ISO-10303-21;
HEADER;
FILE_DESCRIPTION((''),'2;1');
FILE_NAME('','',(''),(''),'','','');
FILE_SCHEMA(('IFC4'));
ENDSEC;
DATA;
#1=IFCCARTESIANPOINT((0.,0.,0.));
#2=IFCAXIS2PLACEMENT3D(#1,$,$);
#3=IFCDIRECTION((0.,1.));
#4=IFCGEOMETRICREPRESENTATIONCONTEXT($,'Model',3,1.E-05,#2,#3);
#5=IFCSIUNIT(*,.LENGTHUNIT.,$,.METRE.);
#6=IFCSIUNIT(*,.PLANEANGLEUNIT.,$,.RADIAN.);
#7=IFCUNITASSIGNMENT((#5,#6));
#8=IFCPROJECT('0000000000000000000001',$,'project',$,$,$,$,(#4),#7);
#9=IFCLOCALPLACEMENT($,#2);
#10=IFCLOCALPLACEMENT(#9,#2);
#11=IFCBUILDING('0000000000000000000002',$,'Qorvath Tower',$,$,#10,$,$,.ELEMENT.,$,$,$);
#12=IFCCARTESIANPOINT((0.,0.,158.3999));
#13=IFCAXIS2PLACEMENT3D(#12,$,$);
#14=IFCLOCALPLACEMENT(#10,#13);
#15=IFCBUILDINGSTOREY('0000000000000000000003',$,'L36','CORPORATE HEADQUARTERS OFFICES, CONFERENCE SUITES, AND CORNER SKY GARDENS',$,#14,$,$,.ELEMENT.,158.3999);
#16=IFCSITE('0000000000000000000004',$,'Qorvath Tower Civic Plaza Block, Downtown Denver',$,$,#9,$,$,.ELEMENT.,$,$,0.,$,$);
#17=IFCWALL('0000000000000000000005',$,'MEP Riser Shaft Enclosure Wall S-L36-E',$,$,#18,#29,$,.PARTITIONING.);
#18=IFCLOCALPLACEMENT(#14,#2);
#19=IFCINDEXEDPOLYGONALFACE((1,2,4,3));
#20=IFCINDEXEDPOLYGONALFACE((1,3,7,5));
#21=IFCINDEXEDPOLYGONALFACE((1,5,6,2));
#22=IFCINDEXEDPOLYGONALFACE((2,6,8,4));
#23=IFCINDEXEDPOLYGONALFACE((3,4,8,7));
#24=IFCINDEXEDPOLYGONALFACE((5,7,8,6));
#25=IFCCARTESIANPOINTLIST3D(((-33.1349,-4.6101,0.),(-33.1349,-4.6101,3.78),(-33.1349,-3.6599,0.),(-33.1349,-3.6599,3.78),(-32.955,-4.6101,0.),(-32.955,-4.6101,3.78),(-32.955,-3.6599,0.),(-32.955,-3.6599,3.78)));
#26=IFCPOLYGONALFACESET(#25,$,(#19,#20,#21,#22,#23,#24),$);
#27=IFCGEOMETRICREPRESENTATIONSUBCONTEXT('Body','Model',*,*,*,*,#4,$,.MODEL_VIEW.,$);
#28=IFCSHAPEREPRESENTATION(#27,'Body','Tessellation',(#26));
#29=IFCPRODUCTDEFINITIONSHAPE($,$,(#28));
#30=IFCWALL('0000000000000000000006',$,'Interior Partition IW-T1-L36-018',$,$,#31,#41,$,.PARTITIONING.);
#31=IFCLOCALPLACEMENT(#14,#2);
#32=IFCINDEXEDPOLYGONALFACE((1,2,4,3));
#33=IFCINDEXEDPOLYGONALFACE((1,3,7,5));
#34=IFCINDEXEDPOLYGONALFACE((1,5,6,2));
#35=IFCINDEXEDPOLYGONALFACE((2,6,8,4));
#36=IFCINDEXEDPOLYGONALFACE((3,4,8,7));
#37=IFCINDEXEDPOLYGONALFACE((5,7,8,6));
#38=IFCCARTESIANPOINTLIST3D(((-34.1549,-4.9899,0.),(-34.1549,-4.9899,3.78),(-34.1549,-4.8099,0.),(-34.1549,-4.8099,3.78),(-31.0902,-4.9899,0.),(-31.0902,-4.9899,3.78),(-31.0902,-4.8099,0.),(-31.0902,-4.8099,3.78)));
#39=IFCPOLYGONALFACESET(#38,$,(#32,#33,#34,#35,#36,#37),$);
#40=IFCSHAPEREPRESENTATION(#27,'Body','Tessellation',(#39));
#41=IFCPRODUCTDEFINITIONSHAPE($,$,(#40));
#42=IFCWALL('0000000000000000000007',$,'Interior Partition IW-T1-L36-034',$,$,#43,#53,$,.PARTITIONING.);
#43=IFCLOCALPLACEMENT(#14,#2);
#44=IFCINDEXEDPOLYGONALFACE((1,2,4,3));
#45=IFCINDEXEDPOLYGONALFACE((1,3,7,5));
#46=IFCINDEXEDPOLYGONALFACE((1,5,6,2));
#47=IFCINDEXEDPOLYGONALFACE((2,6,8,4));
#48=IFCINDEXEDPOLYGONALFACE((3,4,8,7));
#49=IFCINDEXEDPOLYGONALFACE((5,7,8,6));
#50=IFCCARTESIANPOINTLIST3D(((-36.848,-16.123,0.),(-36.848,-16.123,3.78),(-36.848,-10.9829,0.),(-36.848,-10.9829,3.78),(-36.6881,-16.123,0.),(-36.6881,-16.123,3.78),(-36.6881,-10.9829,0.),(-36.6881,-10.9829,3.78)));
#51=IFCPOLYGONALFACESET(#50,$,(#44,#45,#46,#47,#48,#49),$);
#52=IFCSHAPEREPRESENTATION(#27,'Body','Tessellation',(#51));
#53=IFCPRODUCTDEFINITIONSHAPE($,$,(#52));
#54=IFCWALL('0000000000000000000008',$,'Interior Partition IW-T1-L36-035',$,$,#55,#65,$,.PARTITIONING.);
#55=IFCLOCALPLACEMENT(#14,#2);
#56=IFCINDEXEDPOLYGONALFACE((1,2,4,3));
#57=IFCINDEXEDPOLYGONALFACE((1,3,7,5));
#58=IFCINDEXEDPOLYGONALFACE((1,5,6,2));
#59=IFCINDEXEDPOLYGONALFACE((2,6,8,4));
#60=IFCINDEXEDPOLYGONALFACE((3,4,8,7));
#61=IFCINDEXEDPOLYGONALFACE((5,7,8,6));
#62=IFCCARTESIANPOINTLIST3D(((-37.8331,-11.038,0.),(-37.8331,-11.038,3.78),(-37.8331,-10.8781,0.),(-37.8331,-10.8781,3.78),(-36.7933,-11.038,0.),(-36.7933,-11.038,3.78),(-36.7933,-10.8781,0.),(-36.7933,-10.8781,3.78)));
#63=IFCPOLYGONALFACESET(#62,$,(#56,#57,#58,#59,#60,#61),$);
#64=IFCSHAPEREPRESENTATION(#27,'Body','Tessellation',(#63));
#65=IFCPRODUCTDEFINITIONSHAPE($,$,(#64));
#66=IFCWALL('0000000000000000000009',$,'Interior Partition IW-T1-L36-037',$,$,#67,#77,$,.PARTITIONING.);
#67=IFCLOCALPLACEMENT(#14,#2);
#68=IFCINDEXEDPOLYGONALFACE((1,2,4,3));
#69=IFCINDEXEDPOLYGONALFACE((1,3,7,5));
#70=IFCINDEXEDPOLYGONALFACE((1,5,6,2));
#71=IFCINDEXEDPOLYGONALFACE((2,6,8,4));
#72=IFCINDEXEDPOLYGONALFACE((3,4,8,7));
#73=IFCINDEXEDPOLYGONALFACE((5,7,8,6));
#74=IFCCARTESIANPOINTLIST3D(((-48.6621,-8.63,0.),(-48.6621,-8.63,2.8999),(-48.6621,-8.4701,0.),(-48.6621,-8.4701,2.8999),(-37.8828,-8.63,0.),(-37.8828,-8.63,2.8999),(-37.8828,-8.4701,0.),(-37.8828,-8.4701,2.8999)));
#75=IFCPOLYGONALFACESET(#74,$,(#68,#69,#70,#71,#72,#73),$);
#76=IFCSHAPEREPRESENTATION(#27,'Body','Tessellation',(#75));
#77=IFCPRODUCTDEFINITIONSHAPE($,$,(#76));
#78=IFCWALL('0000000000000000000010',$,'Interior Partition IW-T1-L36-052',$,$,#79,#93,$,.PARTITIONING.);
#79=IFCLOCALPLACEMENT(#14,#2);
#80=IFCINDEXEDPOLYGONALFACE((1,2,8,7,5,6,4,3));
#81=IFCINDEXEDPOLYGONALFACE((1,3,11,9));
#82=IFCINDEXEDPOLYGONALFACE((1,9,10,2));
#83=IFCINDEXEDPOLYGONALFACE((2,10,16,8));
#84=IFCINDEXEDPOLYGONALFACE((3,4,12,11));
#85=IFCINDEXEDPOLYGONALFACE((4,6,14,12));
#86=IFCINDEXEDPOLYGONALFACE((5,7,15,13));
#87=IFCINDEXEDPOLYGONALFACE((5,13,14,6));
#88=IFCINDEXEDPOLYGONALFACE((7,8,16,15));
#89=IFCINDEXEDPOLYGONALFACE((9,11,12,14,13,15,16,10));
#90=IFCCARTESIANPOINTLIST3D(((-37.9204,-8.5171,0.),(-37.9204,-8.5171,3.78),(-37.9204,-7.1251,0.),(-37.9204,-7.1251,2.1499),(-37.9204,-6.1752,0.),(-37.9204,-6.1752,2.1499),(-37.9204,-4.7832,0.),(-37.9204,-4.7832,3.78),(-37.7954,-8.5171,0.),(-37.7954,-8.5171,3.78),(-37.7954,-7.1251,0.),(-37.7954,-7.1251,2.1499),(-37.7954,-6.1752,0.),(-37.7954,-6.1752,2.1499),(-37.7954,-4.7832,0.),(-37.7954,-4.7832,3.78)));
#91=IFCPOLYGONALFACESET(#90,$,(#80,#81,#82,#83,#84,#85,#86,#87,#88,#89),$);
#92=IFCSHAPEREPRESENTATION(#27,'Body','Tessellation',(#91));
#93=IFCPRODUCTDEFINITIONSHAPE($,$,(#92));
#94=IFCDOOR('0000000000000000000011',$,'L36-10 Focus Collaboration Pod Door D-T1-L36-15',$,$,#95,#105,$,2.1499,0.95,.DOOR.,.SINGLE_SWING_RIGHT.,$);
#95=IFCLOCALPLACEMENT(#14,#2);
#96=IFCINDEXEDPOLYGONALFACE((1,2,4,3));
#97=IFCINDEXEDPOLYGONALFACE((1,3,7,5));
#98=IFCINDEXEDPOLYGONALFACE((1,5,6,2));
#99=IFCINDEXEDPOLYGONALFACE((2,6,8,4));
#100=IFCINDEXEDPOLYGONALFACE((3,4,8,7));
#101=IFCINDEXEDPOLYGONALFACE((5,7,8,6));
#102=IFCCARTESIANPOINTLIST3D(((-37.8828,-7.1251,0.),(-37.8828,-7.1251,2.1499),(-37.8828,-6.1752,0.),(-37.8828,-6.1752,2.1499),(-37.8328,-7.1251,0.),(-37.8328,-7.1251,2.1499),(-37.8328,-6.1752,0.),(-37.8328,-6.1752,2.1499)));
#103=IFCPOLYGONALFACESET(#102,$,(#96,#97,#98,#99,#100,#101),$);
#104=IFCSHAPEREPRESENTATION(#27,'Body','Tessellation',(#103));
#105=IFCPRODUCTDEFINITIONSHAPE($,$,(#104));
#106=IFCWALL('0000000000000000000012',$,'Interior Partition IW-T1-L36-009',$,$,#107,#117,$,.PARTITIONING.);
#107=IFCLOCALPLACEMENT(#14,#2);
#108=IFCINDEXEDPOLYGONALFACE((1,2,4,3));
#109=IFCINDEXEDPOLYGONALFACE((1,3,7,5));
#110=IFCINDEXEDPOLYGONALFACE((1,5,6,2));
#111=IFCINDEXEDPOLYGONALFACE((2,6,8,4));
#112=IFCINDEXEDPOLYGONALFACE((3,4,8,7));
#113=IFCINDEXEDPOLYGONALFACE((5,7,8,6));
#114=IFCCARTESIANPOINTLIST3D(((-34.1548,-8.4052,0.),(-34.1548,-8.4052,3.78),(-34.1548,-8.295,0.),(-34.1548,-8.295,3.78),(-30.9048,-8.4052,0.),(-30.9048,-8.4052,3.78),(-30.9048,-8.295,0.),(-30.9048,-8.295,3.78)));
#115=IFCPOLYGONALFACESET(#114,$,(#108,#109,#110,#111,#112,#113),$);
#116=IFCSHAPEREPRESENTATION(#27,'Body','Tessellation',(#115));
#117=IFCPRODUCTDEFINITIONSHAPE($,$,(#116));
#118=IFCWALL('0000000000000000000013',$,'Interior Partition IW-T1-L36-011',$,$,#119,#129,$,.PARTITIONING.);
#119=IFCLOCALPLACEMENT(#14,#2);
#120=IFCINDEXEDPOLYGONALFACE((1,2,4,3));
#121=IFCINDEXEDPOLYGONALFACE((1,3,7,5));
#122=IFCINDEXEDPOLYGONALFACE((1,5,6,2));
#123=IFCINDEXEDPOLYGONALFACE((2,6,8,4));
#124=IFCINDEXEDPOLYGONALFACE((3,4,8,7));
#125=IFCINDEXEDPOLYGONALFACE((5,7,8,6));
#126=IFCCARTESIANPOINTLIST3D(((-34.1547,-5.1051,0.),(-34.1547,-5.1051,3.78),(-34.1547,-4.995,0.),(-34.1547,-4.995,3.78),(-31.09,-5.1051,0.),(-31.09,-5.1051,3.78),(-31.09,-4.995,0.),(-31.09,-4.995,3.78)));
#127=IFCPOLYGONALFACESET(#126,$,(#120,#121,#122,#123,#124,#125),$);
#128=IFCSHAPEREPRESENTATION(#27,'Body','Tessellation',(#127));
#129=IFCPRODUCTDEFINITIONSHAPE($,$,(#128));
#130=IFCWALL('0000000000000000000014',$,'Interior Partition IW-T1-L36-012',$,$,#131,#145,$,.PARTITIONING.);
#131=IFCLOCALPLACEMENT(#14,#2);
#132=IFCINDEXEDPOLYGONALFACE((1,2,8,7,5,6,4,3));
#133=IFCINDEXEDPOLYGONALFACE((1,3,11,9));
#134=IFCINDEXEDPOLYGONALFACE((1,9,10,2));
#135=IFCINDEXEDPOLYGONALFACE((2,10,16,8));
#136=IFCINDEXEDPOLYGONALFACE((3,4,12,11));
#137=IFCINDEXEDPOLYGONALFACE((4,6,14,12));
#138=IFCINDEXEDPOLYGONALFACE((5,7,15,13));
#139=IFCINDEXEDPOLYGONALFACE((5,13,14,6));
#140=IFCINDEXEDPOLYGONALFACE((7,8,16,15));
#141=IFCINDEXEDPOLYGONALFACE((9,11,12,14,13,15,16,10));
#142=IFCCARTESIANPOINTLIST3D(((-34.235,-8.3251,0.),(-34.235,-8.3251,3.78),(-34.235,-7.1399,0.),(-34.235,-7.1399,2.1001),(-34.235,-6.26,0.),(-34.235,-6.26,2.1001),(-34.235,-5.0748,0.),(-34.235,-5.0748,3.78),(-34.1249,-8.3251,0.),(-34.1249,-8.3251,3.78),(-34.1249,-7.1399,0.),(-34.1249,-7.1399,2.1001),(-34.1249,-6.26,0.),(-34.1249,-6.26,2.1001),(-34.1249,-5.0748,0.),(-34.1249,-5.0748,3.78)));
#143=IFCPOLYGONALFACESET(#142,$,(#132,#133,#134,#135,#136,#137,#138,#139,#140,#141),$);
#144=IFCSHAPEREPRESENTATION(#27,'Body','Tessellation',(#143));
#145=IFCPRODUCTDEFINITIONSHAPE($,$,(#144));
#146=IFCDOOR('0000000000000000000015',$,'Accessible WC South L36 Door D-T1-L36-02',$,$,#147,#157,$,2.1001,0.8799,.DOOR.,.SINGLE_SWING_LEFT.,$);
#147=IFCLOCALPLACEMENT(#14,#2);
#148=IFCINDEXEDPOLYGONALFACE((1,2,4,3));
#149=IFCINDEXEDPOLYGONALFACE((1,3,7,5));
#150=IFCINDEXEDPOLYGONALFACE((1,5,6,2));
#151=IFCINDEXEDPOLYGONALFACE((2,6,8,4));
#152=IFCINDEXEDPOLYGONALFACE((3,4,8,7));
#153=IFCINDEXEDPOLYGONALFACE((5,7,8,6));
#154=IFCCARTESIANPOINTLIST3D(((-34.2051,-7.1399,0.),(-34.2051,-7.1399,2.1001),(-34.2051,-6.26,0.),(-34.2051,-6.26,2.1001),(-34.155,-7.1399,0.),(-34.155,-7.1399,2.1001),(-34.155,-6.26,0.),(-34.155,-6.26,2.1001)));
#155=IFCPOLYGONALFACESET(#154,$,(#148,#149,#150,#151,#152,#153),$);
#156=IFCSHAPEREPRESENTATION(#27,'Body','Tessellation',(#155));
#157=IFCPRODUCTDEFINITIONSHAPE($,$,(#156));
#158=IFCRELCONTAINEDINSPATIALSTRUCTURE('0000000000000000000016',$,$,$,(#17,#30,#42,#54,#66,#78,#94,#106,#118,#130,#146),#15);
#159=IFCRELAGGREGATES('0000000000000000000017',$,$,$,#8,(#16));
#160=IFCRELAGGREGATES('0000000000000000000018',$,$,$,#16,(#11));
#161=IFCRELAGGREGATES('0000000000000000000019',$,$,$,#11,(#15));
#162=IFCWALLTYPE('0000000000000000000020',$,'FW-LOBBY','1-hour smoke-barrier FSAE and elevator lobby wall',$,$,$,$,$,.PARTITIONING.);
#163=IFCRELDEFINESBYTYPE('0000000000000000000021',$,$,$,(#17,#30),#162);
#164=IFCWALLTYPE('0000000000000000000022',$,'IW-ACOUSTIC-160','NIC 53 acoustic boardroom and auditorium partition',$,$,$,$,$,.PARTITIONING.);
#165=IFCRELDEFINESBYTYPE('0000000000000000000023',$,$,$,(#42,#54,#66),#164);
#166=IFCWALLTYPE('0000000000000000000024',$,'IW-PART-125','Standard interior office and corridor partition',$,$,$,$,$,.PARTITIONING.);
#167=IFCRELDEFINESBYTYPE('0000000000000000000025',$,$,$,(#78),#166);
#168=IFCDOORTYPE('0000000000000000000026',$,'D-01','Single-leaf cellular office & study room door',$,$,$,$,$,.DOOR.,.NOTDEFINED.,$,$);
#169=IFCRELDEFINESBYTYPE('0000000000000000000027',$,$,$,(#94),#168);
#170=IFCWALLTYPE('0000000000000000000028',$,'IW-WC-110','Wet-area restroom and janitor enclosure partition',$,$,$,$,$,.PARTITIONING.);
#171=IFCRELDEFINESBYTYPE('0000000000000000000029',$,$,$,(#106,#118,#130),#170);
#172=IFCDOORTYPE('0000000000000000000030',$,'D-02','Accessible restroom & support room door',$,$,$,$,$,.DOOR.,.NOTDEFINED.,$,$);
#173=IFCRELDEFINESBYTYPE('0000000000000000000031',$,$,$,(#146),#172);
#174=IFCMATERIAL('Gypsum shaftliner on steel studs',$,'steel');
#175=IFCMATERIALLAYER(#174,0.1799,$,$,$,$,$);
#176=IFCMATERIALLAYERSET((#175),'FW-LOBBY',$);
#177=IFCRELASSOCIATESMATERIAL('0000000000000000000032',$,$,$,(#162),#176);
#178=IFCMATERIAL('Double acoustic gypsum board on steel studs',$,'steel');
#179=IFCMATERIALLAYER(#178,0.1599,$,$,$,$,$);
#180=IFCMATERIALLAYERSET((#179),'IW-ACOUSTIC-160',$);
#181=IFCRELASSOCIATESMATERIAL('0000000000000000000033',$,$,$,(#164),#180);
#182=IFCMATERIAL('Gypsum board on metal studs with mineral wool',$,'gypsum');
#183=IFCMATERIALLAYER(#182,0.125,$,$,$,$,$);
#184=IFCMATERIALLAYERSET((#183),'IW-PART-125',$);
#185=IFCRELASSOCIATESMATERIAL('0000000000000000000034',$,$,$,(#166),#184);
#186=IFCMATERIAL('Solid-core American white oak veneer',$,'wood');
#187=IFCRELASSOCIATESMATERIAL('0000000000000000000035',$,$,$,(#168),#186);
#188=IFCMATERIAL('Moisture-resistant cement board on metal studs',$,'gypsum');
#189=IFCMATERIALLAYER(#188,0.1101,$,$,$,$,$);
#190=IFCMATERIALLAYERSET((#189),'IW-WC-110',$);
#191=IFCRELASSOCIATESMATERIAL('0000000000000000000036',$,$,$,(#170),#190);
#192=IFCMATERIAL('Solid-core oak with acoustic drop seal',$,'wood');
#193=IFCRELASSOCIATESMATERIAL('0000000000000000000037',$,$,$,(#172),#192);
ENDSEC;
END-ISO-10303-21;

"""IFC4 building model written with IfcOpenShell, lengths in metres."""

from ifc_helpers import new_model, si_unit, direction, frame, frame_2d, origin, place, context, subcontext, project, spatial, rectangle, extrude, material, layer, layer_set, type_object, element, fill, save


model = new_model("IFC4")

# Units and contexts
model_context = context("Model", 3, precision=1e-05, world=origin(), true_north=direction((0.0, 1.0)))
body_context = subcontext(model_context, "Body", "Model", "MODEL_VIEW")
ifc_project = project(units=[si_unit("LENGTHUNIT", "METRE"), si_unit("PLANEANGLEUNIT", "RADIAN")], contexts=[model_context])

# Site, building, storey
site_placement = place(None, origin())
site = spatial("IfcSite", under=ifc_project, at=site_placement, Name="Qorvath Tower Civic Plaza Block, Downtown Denver", CompositionType="ELEMENT", RefElevation=0.0)
building_placement = place(site_placement, origin())
building = spatial("IfcBuilding", under=site, at=building_placement, Name="Qorvath Tower", CompositionType="ELEMENT")
storey_placement = place(building_placement, frame((0.0, 0.0, 158.3999)))
storey = spatial("IfcBuildingStorey", under=building, at=storey_placement, Name="L36", Description="CORPORATE HEADQUARTERS OFFICES, CONFERENCE SUITES, AND CORNER SKY GARDENS", CompositionType="ELEMENT", Elevation=158.3999)

# Walls
ifc_material_1 = material(Name="Gypsum shaftliner on steel studs", Category="steel")
ifc_layer_1 = layer(ifc_material_1, 0.1799)
ifc_layer_set_1 = layer_set([ifc_layer_1], Name="FW-LOBBY")
wall_type_1 = type_object("IfcWallType", Name="FW-LOBBY", Description="1-hour smoke-barrier FSAE and elevator lobby wall", PredefinedType="PARTITIONING", material=ifc_layer_set_1)
for number, where, z_axis, x_axis, name in (
    (1, (-33.0449, -3.6599, 0.0), (0.0, 0.0, 1.0), (0.0, -1.0, 0.0), "MEP Riser Shaft Enclosure Wall S-L36-E"),
):
    element("IfcWall", number, at=place(storey_placement, frame(where, z_axis=z_axis, x_axis=x_axis)), inside=storey, type_object=wall_type_1, Name=name, PredefinedType="PARTITIONING", context=body_context, shape_type="SweptSolid", body=[
        extrude(rectangle(XDim=0.9502, YDim=0.1799, at=frame_2d((0.4751, 0.0))), origin(), (0.0, 0.0, 1.0), 3.78),
    ])
wall_1_placement = place(storey_placement, frame((-34.1548, -4.8999, 0.0), z_axis=(0.0, 0.0, 1.0), x_axis=(1.0, 0.0, 0.0)))
element("IfcWall", 2, at=wall_1_placement, inside=storey, type_object=wall_type_1, Name="Interior Partition IW-T1-L36-018", PredefinedType="PARTITIONING", context=body_context, shape_type="SweptSolid", body=[
    extrude(rectangle(XDim=3.0647, YDim=0.1799, at=frame_2d((1.5322, 0.0))), origin(), (0.0, 0.0, 1.0), 3.78),
])
ifc_material_2 = material(Name="Double acoustic gypsum board on steel studs", Category="steel")
ifc_layer_2 = layer(ifc_material_2, 0.1599)
ifc_layer_set_2 = layer_set([ifc_layer_2], Name="IW-ACOUSTIC-160")
wall_type_2 = type_object("IfcWallType", Name="IW-ACOUSTIC-160", Description="NIC 53 acoustic boardroom and auditorium partition", PredefinedType="PARTITIONING", material=ifc_layer_set_2)
wall_2_placement = place(storey_placement, frame((-36.7681, -16.123, 0.0), z_axis=(0.0, 0.0, 1.0), x_axis=(0.0, 1.0, 0.0)))
element("IfcWall", 3, at=wall_2_placement, inside=storey, type_object=wall_type_2, Name="Interior Partition IW-T1-L36-034", PredefinedType="PARTITIONING", context=body_context, shape_type="SweptSolid", body=[
    extrude(rectangle(XDim=5.1401, YDim=0.1599, at=frame_2d((2.5701, 0.0))), origin(), (0.0, 0.0, 1.0), 3.78),
])
wall_3_placement = place(storey_placement, frame((-36.7932, -10.958, 0.0), z_axis=(0.0, 0.0, 1.0), x_axis=(-1.0, 0.0, 0.0)))
element("IfcWall", 4, at=wall_3_placement, inside=storey, type_object=wall_type_2, Name="Interior Partition IW-T1-L36-035", PredefinedType="PARTITIONING", context=body_context, shape_type="SweptSolid", body=[
    extrude(rectangle(XDim=1.0398, YDim=0.1599, at=frame_2d((0.52, 0.0))), origin(), (0.0, 0.0, 1.0), 3.78),
])

# Wall
wall_4_placement = place(storey_placement, frame((-37.8828, -8.55, 0.0), z_axis=(0.0, 0.0, 1.0), x_axis=(-1.0, 0.0, 0.0)))
element("IfcWall", 5, at=wall_4_placement, inside=storey, type_object=wall_type_2, Name="Interior Partition IW-T1-L36-037", PredefinedType="PARTITIONING", context=body_context, shape_type="SweptSolid", body=[
    extrude(rectangle(XDim=10.7793, YDim=0.1599, at=frame_2d((5.3896, 0.0))), origin(), (0.0, 0.0, 1.0), 2.8999),
])

# Wall, opening, door
ifc_material_3 = material(Name="Gypsum board on metal studs with mineral wool", Category="gypsum")
ifc_layer_3 = layer(ifc_material_3, 0.125)
ifc_layer_set_3 = layer_set([ifc_layer_3], Name="IW-PART-125")
wall_type_3 = type_object("IfcWallType", Name="IW-PART-125", Description="Standard interior office and corridor partition", PredefinedType="PARTITIONING", material=ifc_layer_set_3)
wall_5_placement = place(storey_placement, frame((-37.8579, -8.5171, 0.0), z_axis=(0.0, 0.0, 1.0), x_axis=(0.0, 1.0, 0.0)))
wall_5 = element("IfcWall", 6, at=wall_5_placement, inside=storey, type_object=wall_type_3, Name="Interior Partition IW-T1-L36-052", PredefinedType="PARTITIONING", context=body_context, shape_type="SweptSolid", body=[
    extrude(rectangle(XDim=3.7339, YDim=0.125, at=frame_2d((1.8669, 0.0))), origin(), (0.0, 0.0, 1.0), 3.78),
])
opening_1_placement = place(wall_5_placement, frame((1.3918, 0.0, 0.0)))
opening_1 = element("IfcOpeningElement", 7, at=opening_1_placement, cuts=wall_5, PredefinedType="OPENING", context=body_context, shape_type="SweptSolid", body=[
    extrude(rectangle(XDim=0.95, YDim=2.1499, at=frame_2d((0.4751, 1.075))), frame((0.0, 0.0725, 0.0), z_axis=(0.0, -1.0, 0.0), x_axis=(1.0, 0.0, 0.0)), (0.0, 0.0, 1.0), 0.145),
])
ifc_material_4 = material(Name="Solid-core American white oak veneer", Category="wood")
door_type_1 = type_object("IfcDoorType", Name="D-01", Description="Single-leaf cellular office & study room door", OperationType="NOTDEFINED", PredefinedType="DOOR", material=ifc_material_4)
door_1_placement = place(opening_1_placement, origin())
door_1 = element("IfcDoor", 8, at=door_1_placement, inside=storey, type_object=door_type_1, Name="L36-10 Focus Collaboration Pod Door D-T1-L36-15", OperationType="SINGLE_SWING_RIGHT", OverallHeight=2.1499, OverallWidth=0.95, PredefinedType="DOOR", context=body_context, shape_type="SweptSolid", body=[
    extrude(rectangle(XDim=0.95, YDim=2.1499, at=frame_2d((0.4751, 1.075))), frame((0.0, 0.0249, 0.0), z_axis=(0.0, -1.0, 0.0), x_axis=(1.0, 0.0, 0.0)), (0.0, 0.0, 1.0), 0.05),
])
fill(opening_1, door_1)

# Walls
ifc_material_5 = material(Name="Moisture-resistant cement board on metal studs", Category="gypsum")
ifc_layer_4 = layer(ifc_material_5, 0.1101)
ifc_layer_set_4 = layer_set([ifc_layer_4], Name="IW-WC-110")
wall_type_4 = type_object("IfcWallType", Name="IW-WC-110", Description="Wet-area restroom and janitor enclosure partition", PredefinedType="PARTITIONING", material=ifc_layer_set_4)
wall_6_placement = place(storey_placement, frame((-34.1548, -8.3501, 0.0), z_axis=(0.0, 0.0, 1.0), x_axis=(1.0, 0.0, 0.0)))
element("IfcWall", 9, at=wall_6_placement, inside=storey, type_object=wall_type_4, Name="Interior Partition IW-T1-L36-009", PredefinedType="PARTITIONING", context=body_context, shape_type="SweptSolid", body=[
    extrude(rectangle(XDim=3.25, YDim=0.1101, at=frame_2d((1.625, 0.0))), origin(), (0.0, 0.0, 1.0), 3.78),
])
wall_7_placement = place(storey_placement, frame((-31.0901, -5.05, 0.0), z_axis=(0.0, 0.0, 1.0), x_axis=(-1.0, 0.0, 0.0)))
element("IfcWall", 10, at=wall_7_placement, inside=storey, type_object=wall_type_4, Name="Interior Partition IW-T1-L36-011", PredefinedType="PARTITIONING", context=body_context, shape_type="SweptSolid", body=[
    extrude(rectangle(XDim=3.0647, YDim=0.1101, at=frame_2d((1.5322, 0.0))), origin(), (0.0, 0.0, 1.0), 3.78),
])

# Wall, opening, door
wall_8_placement = place(storey_placement, frame((-34.1799, -5.075, 0.0), z_axis=(0.0, 0.0, 1.0), x_axis=(0.0, -1.0, 0.0)))
wall_8 = element("IfcWall", 11, at=wall_8_placement, inside=storey, type_object=wall_type_4, Name="Interior Partition IW-T1-L36-012", PredefinedType="PARTITIONING", context=body_context, shape_type="SweptSolid", body=[
    extrude(rectangle(XDim=3.2502, YDim=0.1101, at=frame_2d((1.625, 0.0))), origin(), (0.0, 0.0, 1.0), 3.78),
])
opening_2_placement = place(wall_8_placement, frame((1.1851, 0.0, 0.0)))
opening_2 = element("IfcOpeningElement", 12, at=opening_2_placement, cuts=wall_8, PredefinedType="OPENING", context=body_context, shape_type="SweptSolid", body=[
    extrude(rectangle(XDim=0.8799, YDim=2.1001, at=frame_2d((0.4399, 1.05))), frame((0.0, 0.0649, 0.0), z_axis=(0.0, -1.0, 0.0), x_axis=(1.0, 0.0, 0.0)), (0.0, 0.0, 1.0), 0.1301),
])
ifc_material_6 = material(Name="Solid-core oak with acoustic drop seal", Category="wood")
door_type_2 = type_object("IfcDoorType", Name="D-02", Description="Accessible restroom & support room door", OperationType="NOTDEFINED", PredefinedType="DOOR", material=ifc_material_6)
door_2_placement = place(opening_2_placement, origin())
door_2 = element("IfcDoor", 13, at=door_2_placement, inside=storey, type_object=door_type_2, Name="Accessible WC South L36 Door D-T1-L36-02", OperationType="SINGLE_SWING_LEFT", OverallHeight=2.1001, OverallWidth=0.8799, PredefinedType="DOOR", context=body_context, shape_type="SweptSolid", body=[
    extrude(rectangle(XDim=0.8799, YDim=2.1001, at=frame_2d((0.4399, 1.05))), frame((0.0, 0.0249, 0.0), z_axis=(0.0, -1.0, 0.0), x_axis=(1.0, 0.0, 0.0)), (0.0, 0.0, 1.0), 0.05),
])
fill(opening_2, door_2)

save(model, "model.ifc")
